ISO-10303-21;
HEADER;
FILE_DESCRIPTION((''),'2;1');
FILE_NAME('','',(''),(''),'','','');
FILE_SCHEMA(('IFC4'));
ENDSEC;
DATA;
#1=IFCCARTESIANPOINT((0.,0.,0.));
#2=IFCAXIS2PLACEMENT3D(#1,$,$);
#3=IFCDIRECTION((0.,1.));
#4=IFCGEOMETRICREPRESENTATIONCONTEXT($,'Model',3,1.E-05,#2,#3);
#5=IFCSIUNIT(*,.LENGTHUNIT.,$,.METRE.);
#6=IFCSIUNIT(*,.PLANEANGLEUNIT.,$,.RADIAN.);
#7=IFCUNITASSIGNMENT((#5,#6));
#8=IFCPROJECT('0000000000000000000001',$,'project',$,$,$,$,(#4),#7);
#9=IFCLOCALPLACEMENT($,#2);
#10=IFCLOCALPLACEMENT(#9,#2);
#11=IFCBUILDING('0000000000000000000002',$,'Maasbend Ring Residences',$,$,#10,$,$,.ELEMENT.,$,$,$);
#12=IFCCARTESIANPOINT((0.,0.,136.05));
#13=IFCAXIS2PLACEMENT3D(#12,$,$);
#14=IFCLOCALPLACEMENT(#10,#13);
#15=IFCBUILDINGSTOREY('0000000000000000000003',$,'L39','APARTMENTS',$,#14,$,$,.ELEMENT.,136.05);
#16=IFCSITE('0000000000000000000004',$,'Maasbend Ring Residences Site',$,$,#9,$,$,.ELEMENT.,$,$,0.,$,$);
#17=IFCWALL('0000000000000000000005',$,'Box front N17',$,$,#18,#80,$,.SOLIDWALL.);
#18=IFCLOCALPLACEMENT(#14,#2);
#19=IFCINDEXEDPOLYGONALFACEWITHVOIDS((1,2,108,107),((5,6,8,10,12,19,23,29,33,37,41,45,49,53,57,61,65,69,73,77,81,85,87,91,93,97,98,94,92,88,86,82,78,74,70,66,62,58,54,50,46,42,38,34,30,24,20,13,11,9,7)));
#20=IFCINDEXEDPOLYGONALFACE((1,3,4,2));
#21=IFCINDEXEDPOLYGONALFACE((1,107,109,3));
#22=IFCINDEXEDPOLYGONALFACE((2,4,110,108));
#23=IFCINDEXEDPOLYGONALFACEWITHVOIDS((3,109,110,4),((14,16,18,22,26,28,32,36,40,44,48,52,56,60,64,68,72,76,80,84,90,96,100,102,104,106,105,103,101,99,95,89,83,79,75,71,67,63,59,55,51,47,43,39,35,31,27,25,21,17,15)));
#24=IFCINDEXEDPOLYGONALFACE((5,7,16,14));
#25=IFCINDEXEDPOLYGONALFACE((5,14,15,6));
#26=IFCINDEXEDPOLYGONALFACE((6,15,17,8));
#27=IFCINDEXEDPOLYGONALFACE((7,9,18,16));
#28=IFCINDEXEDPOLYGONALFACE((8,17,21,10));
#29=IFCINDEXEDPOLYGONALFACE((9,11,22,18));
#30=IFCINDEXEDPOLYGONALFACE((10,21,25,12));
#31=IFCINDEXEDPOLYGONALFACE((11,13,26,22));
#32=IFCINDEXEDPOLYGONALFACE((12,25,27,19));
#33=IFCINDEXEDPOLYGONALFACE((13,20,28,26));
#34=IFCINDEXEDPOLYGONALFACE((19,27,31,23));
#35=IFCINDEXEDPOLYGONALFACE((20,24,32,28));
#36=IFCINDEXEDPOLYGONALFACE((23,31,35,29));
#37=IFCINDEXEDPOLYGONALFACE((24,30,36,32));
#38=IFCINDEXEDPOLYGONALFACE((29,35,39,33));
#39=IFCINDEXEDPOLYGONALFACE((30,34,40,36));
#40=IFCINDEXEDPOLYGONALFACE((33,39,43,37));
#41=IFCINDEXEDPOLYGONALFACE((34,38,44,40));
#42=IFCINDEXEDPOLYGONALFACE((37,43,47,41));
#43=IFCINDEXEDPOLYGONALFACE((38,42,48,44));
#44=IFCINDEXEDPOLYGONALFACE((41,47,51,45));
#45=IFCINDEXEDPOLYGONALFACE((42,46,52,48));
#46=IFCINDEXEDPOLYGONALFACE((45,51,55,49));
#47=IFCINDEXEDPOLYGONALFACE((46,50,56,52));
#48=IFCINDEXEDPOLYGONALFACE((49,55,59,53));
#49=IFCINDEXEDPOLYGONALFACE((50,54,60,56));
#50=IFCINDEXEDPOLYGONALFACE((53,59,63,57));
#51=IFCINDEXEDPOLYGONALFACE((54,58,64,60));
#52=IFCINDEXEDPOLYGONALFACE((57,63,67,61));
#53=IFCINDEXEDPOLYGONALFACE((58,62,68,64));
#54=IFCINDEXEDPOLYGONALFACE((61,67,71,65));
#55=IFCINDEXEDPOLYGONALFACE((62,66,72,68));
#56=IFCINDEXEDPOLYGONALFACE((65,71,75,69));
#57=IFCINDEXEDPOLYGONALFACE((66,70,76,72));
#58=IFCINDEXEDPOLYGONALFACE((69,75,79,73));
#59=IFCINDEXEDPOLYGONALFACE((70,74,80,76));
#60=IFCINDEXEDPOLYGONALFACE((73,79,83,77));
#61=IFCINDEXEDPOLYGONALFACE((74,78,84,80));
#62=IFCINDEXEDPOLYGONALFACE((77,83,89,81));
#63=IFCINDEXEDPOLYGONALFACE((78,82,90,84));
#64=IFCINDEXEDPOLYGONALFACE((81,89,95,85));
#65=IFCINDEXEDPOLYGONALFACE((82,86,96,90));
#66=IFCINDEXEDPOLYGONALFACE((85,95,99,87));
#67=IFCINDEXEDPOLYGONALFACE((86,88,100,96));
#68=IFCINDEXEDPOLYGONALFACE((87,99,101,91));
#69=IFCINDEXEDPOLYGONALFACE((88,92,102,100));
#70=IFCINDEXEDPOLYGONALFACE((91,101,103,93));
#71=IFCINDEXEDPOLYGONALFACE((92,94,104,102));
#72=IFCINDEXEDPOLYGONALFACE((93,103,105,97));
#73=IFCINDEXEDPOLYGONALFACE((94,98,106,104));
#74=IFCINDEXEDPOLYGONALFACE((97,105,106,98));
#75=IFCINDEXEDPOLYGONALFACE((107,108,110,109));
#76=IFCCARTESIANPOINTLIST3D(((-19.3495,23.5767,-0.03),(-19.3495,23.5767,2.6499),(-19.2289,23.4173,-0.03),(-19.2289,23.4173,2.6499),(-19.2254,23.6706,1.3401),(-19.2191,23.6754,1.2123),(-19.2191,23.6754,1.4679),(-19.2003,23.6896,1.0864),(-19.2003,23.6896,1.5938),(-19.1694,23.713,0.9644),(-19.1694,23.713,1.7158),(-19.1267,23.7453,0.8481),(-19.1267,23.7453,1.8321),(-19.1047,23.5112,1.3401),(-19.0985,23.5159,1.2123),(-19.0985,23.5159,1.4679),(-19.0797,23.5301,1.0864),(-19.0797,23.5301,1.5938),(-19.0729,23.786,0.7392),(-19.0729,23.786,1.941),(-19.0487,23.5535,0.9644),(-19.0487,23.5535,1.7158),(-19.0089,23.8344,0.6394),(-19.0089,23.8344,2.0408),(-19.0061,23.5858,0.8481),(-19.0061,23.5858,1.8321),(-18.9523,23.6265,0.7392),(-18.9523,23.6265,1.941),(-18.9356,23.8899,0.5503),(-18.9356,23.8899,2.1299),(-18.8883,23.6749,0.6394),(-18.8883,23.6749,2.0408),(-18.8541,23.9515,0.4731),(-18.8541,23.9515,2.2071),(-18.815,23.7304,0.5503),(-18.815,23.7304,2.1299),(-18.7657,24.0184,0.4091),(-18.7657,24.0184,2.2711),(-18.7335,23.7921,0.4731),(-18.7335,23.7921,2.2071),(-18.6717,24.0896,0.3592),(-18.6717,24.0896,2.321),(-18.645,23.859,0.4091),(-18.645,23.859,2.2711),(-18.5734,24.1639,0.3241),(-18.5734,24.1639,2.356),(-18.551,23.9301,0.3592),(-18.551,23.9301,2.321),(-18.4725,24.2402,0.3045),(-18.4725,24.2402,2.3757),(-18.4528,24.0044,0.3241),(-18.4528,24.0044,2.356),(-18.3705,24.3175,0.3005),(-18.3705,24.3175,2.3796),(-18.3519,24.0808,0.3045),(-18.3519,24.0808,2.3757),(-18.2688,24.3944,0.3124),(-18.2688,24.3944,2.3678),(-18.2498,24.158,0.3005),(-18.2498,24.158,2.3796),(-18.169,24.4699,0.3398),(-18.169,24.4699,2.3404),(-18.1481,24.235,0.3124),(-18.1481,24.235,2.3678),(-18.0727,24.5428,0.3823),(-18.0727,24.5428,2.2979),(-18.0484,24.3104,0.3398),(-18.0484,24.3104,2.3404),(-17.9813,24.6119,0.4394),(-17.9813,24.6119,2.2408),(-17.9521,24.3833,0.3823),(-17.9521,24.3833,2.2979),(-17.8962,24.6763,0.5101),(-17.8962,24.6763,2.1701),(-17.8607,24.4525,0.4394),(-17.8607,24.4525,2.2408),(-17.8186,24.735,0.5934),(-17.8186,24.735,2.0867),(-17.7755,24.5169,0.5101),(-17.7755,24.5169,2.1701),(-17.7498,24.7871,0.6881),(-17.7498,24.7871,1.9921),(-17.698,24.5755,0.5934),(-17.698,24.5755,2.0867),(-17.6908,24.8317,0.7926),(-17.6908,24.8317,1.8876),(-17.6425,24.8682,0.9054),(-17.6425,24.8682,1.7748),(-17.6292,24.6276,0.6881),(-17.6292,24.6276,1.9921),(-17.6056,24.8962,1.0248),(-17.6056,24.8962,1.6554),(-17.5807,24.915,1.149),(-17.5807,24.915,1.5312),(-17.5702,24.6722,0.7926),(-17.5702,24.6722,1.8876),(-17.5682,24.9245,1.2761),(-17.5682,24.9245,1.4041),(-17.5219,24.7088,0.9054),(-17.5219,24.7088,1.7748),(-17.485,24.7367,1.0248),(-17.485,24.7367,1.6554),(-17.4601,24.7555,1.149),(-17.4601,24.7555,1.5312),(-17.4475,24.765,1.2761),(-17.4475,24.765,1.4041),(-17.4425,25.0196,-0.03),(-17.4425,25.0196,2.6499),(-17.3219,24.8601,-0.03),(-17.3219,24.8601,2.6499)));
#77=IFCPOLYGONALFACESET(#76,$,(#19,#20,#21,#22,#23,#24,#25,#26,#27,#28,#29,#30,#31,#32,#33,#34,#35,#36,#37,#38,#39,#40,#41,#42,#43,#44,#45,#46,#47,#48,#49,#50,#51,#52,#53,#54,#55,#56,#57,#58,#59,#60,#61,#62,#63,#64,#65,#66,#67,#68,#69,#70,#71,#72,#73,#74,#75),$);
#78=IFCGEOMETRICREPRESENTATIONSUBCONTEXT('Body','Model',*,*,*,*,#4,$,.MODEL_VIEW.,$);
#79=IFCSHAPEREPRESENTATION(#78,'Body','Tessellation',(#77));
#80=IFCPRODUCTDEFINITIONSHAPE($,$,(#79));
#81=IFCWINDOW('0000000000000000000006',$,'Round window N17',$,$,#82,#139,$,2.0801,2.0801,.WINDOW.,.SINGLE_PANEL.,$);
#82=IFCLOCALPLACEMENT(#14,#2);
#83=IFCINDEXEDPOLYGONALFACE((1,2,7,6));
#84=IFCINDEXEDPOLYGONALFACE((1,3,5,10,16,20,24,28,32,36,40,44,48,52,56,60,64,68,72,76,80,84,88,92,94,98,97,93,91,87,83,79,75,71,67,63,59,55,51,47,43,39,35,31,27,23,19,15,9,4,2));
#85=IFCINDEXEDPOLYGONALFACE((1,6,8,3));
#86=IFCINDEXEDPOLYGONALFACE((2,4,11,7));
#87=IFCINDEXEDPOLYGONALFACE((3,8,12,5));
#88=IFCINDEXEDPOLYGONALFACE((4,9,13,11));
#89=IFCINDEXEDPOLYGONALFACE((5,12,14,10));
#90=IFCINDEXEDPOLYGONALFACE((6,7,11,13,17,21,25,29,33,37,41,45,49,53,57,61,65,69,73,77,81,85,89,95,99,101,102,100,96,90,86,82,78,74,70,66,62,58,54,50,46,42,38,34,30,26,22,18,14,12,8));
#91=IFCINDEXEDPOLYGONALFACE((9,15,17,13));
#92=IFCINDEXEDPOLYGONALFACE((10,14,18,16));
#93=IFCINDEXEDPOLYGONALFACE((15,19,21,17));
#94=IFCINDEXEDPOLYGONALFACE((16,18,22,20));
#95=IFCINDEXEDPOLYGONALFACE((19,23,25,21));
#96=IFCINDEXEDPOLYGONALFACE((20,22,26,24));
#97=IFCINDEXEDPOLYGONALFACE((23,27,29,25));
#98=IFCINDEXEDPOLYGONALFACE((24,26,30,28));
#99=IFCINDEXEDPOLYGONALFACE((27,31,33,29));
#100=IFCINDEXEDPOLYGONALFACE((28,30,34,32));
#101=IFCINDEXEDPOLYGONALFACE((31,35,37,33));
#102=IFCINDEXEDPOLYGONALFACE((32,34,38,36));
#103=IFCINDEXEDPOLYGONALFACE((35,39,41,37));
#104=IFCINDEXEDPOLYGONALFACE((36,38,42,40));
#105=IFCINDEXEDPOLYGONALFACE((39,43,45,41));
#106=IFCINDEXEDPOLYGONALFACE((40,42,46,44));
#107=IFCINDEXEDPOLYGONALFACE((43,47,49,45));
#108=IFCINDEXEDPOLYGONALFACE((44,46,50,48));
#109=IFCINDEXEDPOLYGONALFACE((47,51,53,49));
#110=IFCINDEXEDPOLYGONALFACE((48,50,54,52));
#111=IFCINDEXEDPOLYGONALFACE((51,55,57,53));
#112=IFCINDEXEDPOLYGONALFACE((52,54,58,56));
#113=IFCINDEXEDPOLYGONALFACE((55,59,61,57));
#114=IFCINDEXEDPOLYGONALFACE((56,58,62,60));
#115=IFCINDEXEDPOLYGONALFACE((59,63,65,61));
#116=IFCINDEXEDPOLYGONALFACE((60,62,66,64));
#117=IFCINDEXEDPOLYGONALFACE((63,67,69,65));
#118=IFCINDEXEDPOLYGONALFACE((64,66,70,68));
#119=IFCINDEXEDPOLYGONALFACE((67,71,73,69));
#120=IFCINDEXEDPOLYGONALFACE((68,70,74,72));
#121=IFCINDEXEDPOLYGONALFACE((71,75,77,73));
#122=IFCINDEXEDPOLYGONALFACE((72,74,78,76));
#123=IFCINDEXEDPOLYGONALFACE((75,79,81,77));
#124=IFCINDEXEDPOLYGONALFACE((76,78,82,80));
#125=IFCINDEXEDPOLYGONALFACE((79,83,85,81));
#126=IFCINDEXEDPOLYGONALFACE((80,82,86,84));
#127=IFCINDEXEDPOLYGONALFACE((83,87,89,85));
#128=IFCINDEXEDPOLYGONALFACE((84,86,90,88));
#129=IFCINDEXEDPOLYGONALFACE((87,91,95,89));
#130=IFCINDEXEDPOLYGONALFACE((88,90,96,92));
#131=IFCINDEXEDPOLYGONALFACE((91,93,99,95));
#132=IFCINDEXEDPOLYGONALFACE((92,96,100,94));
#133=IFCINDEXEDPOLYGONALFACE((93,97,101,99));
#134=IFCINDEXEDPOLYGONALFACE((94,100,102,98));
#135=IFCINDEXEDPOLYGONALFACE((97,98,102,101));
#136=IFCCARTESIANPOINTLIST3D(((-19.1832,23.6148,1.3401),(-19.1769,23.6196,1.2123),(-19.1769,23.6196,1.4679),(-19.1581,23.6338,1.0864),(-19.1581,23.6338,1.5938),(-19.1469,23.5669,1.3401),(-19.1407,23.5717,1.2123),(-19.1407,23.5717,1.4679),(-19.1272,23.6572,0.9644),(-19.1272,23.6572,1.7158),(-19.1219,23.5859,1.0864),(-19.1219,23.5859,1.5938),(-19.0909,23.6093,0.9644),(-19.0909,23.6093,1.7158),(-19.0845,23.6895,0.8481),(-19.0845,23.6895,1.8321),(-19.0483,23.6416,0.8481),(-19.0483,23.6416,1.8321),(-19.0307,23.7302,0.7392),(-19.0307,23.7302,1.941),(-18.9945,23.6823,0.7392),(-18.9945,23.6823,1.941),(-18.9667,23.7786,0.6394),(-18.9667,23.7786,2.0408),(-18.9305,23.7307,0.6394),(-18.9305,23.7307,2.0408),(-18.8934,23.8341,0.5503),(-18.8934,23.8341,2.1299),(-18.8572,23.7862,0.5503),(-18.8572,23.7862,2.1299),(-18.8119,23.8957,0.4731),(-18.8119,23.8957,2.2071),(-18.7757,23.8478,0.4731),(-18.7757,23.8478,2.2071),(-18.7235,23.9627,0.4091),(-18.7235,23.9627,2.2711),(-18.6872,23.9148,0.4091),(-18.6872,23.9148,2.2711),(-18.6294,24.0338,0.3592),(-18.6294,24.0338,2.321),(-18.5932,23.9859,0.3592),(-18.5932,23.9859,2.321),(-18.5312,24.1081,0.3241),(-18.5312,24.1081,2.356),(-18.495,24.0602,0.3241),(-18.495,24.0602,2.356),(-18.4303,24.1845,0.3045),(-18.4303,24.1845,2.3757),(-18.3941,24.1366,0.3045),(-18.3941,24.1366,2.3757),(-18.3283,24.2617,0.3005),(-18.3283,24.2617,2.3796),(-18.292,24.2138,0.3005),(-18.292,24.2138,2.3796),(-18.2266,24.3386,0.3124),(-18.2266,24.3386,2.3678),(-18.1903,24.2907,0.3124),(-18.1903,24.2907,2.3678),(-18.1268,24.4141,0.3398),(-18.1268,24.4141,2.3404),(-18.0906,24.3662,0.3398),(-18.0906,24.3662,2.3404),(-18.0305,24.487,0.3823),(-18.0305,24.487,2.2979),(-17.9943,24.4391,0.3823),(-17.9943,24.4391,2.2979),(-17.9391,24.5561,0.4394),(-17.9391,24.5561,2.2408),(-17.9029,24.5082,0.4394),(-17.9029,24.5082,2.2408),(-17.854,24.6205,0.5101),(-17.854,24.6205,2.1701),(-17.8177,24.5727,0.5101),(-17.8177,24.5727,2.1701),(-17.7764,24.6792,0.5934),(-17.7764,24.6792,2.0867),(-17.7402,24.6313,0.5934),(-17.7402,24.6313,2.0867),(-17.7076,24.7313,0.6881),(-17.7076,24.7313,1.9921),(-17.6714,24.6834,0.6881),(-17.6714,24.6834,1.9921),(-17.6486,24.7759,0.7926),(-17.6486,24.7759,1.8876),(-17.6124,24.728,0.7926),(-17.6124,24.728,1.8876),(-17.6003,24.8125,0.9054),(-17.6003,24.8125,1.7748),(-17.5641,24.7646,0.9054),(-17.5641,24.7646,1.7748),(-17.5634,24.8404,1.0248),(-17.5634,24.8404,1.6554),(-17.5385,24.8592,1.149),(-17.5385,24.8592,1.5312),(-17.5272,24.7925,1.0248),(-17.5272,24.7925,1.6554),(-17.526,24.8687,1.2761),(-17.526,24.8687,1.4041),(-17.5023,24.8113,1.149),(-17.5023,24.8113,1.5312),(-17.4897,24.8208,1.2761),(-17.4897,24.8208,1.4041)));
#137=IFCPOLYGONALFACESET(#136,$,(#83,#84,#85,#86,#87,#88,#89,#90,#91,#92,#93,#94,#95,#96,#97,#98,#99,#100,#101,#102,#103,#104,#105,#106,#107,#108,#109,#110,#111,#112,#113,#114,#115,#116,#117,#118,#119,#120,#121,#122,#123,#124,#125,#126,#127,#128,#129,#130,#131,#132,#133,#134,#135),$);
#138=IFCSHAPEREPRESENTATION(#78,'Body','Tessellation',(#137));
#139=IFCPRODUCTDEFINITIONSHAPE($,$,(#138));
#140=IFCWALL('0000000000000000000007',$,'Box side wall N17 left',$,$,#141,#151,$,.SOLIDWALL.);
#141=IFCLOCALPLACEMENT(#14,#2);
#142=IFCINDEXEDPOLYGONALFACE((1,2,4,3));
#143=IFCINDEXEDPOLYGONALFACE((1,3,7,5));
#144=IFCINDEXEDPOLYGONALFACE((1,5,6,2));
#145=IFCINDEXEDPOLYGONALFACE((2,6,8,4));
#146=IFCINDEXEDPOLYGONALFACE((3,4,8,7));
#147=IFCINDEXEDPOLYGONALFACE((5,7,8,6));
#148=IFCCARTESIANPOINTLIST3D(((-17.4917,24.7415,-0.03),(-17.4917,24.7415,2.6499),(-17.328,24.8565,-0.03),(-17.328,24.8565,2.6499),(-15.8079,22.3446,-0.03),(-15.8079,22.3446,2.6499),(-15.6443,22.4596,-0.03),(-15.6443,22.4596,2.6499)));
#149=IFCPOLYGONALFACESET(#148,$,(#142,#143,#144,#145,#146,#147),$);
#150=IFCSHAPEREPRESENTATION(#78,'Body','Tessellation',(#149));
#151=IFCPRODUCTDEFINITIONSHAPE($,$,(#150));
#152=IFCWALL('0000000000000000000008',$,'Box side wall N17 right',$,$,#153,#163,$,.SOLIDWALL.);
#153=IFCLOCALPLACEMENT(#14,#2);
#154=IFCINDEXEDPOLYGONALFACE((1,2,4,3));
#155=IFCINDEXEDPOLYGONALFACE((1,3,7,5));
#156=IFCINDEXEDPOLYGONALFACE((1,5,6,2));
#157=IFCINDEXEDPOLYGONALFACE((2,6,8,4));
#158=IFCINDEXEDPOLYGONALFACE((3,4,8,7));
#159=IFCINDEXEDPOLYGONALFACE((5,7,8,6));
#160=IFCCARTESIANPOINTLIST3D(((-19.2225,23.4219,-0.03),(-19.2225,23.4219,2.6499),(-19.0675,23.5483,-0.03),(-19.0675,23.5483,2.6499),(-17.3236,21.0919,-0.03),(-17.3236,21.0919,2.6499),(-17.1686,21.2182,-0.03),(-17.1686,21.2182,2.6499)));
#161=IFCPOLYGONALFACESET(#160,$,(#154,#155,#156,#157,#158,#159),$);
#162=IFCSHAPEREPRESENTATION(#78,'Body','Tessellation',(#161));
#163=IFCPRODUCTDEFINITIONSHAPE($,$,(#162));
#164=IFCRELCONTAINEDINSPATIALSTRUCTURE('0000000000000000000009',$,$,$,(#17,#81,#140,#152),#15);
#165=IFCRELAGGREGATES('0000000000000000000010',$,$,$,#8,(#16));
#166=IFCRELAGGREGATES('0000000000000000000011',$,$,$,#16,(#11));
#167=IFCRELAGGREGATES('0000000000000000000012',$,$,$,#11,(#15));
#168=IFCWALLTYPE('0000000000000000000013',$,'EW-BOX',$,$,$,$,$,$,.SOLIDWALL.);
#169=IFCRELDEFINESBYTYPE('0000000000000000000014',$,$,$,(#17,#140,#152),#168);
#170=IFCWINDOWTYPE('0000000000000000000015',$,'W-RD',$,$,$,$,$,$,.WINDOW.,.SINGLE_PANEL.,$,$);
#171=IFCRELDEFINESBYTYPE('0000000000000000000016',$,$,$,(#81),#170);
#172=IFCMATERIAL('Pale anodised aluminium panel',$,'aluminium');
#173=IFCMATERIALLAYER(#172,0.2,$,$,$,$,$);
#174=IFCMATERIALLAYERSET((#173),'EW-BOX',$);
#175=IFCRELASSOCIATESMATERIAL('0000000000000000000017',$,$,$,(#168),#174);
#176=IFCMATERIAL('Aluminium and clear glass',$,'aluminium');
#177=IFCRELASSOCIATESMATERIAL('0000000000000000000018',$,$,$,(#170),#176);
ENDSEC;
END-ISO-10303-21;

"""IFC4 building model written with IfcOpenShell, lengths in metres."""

from ifc_helpers import new_model, si_unit, direction, frame, frame_2d, origin, place, context, subcontext, project, spatial, rectangle, circle, extrude, material, layer, layer_set, type_object, element, fill, save


model = new_model("IFC4")

# Units and contexts
model_context = context("Model", 3, precision=1e-05, world=origin(), true_north=direction((0.0, 1.0)))
body_context = subcontext(model_context, "Body", "Model", "MODEL_VIEW")
ifc_project = project(units=[si_unit("LENGTHUNIT", "METRE"), si_unit("PLANEANGLEUNIT", "RADIAN")], contexts=[model_context])

# Site, building, storey
site_placement = place(None, origin())
site = spatial("IfcSite", under=ifc_project, at=site_placement, Name="Maasbend Ring Residences Site", CompositionType="ELEMENT", RefElevation=0.0)
building_placement = place(site_placement, origin())
building = spatial("IfcBuilding", under=site, at=building_placement, Name="Maasbend Ring Residences", CompositionType="ELEMENT")
storey_placement = place(building_placement, frame((0.0, 0.0, 136.05)))
storey = spatial("IfcBuildingStorey", under=building, at=storey_placement, Name="L39", Description="APARTMENTS", CompositionType="ELEMENT", Elevation=136.05)

# Shared definitions
ifc_material_1 = material(Name="Pale anodised aluminium panel", Category="aluminium")
ifc_layer_1 = layer(ifc_material_1, 0.2)
ifc_layer_set_1 = layer_set([ifc_layer_1], Name="EW-BOX")
wall_type_1 = type_object("IfcWallType", Name="EW-BOX", PredefinedType="SOLIDWALL", material=ifc_layer_set_1)
ifc_material_2 = material(Name="Aluminium and clear glass", Category="aluminium")
window_type_1 = type_object("IfcWindowType", Name="W-RD", PartitioningType="SINGLE_PANEL", PredefinedType="WINDOW", material=ifc_material_2)

# Wall, opening, window
wall_1_placement = place(storey_placement, frame((-17.3821, 24.9399, -0.03), z_axis=(0.0, 0.0, 1.0), x_axis=(-0.797457, -0.603376, 0.0)))
wall_1 = element("IfcWall", 1, at=wall_1_placement, inside=storey, type_object=wall_type_1, Name="Box front N17", PredefinedType="SOLIDWALL", context=body_context, shape_type="SweptSolid", body=[
    extrude(rectangle(XDim=2.3914, YDim=0.2, at=frame_2d((1.1958, 0.0))), origin(), (0.0, 0.0, 1.0), 2.6799),
])
opening_1_placement = place(wall_1_placement, frame((0.1558, 0.0, 0.3301)))
opening_1 = element("IfcOpeningElement", 2, at=opening_1_placement, cuts=wall_1, PredefinedType="OPENING", context=body_context, shape_type="SweptSolid", body=[
    extrude(circle(Radius=1.04, at=frame_2d((1.04, 1.04))), frame((0.0, 0.1099, 0.0), z_axis=(0.0, -1.0, 0.0), x_axis=(1.0, 0.0, 0.0)), (0.0, 0.0, 1.0), 0.22),
])
window_1_placement = place(opening_1_placement, origin())
window_1 = element("IfcWindow", 3, at=window_1_placement, inside=storey, type_object=window_type_1, Name="Round window N17", OverallHeight=2.0801, OverallWidth=2.0801, PartitioningType="SINGLE_PANEL", PredefinedType="WINDOW", context=body_context, shape_type="SweptSolid", body=[
    extrude(circle(Radius=1.04, at=frame_2d((1.04, 1.04))), frame((0.0, 0.03, 0.0), z_axis=(0.0, -1.0, 0.0), x_axis=(1.0, 0.0, 0.0)), (0.0, 0.0, 1.0), 0.0601),
])
fill(opening_1, window_1)

# Walls
wall_2_placement = place(storey_placement, frame((-15.7261, 22.4021, -0.03), z_axis=(0.0, 0.0, 1.0), x_axis=(-0.574826, 0.818275, 0.0)))
element("IfcWall", 4, at=wall_2_placement, inside=storey, type_object=wall_type_1, Name="Box side wall N17 left", PredefinedType="SOLIDWALL", context=body_context, shape_type="SweptSolid", body=[
    extrude(rectangle(XDim=2.9292, YDim=0.2, at=frame_2d((1.4646, 0.0))), origin(), (0.0, 0.0, 1.0), 2.6799),
])
wall_3_placement = place(storey_placement, frame((-17.2461, 21.155, -0.03), z_axis=(0.0, 0.0, 1.0), x_axis=(-0.631742, 0.775179, 0.0)))
element("IfcWall", 5, at=wall_3_placement, inside=storey, type_object=wall_type_1, Name="Box side wall N17 right", PredefinedType="SOLIDWALL", context=body_context, shape_type="SweptSolid", body=[
    extrude(rectangle(XDim=3.0059, YDim=0.2, at=frame_2d((1.5029, 0.0))), origin(), (0.0, 0.0, 1.0), 2.6799),
])

save(model, "model.ifc")
